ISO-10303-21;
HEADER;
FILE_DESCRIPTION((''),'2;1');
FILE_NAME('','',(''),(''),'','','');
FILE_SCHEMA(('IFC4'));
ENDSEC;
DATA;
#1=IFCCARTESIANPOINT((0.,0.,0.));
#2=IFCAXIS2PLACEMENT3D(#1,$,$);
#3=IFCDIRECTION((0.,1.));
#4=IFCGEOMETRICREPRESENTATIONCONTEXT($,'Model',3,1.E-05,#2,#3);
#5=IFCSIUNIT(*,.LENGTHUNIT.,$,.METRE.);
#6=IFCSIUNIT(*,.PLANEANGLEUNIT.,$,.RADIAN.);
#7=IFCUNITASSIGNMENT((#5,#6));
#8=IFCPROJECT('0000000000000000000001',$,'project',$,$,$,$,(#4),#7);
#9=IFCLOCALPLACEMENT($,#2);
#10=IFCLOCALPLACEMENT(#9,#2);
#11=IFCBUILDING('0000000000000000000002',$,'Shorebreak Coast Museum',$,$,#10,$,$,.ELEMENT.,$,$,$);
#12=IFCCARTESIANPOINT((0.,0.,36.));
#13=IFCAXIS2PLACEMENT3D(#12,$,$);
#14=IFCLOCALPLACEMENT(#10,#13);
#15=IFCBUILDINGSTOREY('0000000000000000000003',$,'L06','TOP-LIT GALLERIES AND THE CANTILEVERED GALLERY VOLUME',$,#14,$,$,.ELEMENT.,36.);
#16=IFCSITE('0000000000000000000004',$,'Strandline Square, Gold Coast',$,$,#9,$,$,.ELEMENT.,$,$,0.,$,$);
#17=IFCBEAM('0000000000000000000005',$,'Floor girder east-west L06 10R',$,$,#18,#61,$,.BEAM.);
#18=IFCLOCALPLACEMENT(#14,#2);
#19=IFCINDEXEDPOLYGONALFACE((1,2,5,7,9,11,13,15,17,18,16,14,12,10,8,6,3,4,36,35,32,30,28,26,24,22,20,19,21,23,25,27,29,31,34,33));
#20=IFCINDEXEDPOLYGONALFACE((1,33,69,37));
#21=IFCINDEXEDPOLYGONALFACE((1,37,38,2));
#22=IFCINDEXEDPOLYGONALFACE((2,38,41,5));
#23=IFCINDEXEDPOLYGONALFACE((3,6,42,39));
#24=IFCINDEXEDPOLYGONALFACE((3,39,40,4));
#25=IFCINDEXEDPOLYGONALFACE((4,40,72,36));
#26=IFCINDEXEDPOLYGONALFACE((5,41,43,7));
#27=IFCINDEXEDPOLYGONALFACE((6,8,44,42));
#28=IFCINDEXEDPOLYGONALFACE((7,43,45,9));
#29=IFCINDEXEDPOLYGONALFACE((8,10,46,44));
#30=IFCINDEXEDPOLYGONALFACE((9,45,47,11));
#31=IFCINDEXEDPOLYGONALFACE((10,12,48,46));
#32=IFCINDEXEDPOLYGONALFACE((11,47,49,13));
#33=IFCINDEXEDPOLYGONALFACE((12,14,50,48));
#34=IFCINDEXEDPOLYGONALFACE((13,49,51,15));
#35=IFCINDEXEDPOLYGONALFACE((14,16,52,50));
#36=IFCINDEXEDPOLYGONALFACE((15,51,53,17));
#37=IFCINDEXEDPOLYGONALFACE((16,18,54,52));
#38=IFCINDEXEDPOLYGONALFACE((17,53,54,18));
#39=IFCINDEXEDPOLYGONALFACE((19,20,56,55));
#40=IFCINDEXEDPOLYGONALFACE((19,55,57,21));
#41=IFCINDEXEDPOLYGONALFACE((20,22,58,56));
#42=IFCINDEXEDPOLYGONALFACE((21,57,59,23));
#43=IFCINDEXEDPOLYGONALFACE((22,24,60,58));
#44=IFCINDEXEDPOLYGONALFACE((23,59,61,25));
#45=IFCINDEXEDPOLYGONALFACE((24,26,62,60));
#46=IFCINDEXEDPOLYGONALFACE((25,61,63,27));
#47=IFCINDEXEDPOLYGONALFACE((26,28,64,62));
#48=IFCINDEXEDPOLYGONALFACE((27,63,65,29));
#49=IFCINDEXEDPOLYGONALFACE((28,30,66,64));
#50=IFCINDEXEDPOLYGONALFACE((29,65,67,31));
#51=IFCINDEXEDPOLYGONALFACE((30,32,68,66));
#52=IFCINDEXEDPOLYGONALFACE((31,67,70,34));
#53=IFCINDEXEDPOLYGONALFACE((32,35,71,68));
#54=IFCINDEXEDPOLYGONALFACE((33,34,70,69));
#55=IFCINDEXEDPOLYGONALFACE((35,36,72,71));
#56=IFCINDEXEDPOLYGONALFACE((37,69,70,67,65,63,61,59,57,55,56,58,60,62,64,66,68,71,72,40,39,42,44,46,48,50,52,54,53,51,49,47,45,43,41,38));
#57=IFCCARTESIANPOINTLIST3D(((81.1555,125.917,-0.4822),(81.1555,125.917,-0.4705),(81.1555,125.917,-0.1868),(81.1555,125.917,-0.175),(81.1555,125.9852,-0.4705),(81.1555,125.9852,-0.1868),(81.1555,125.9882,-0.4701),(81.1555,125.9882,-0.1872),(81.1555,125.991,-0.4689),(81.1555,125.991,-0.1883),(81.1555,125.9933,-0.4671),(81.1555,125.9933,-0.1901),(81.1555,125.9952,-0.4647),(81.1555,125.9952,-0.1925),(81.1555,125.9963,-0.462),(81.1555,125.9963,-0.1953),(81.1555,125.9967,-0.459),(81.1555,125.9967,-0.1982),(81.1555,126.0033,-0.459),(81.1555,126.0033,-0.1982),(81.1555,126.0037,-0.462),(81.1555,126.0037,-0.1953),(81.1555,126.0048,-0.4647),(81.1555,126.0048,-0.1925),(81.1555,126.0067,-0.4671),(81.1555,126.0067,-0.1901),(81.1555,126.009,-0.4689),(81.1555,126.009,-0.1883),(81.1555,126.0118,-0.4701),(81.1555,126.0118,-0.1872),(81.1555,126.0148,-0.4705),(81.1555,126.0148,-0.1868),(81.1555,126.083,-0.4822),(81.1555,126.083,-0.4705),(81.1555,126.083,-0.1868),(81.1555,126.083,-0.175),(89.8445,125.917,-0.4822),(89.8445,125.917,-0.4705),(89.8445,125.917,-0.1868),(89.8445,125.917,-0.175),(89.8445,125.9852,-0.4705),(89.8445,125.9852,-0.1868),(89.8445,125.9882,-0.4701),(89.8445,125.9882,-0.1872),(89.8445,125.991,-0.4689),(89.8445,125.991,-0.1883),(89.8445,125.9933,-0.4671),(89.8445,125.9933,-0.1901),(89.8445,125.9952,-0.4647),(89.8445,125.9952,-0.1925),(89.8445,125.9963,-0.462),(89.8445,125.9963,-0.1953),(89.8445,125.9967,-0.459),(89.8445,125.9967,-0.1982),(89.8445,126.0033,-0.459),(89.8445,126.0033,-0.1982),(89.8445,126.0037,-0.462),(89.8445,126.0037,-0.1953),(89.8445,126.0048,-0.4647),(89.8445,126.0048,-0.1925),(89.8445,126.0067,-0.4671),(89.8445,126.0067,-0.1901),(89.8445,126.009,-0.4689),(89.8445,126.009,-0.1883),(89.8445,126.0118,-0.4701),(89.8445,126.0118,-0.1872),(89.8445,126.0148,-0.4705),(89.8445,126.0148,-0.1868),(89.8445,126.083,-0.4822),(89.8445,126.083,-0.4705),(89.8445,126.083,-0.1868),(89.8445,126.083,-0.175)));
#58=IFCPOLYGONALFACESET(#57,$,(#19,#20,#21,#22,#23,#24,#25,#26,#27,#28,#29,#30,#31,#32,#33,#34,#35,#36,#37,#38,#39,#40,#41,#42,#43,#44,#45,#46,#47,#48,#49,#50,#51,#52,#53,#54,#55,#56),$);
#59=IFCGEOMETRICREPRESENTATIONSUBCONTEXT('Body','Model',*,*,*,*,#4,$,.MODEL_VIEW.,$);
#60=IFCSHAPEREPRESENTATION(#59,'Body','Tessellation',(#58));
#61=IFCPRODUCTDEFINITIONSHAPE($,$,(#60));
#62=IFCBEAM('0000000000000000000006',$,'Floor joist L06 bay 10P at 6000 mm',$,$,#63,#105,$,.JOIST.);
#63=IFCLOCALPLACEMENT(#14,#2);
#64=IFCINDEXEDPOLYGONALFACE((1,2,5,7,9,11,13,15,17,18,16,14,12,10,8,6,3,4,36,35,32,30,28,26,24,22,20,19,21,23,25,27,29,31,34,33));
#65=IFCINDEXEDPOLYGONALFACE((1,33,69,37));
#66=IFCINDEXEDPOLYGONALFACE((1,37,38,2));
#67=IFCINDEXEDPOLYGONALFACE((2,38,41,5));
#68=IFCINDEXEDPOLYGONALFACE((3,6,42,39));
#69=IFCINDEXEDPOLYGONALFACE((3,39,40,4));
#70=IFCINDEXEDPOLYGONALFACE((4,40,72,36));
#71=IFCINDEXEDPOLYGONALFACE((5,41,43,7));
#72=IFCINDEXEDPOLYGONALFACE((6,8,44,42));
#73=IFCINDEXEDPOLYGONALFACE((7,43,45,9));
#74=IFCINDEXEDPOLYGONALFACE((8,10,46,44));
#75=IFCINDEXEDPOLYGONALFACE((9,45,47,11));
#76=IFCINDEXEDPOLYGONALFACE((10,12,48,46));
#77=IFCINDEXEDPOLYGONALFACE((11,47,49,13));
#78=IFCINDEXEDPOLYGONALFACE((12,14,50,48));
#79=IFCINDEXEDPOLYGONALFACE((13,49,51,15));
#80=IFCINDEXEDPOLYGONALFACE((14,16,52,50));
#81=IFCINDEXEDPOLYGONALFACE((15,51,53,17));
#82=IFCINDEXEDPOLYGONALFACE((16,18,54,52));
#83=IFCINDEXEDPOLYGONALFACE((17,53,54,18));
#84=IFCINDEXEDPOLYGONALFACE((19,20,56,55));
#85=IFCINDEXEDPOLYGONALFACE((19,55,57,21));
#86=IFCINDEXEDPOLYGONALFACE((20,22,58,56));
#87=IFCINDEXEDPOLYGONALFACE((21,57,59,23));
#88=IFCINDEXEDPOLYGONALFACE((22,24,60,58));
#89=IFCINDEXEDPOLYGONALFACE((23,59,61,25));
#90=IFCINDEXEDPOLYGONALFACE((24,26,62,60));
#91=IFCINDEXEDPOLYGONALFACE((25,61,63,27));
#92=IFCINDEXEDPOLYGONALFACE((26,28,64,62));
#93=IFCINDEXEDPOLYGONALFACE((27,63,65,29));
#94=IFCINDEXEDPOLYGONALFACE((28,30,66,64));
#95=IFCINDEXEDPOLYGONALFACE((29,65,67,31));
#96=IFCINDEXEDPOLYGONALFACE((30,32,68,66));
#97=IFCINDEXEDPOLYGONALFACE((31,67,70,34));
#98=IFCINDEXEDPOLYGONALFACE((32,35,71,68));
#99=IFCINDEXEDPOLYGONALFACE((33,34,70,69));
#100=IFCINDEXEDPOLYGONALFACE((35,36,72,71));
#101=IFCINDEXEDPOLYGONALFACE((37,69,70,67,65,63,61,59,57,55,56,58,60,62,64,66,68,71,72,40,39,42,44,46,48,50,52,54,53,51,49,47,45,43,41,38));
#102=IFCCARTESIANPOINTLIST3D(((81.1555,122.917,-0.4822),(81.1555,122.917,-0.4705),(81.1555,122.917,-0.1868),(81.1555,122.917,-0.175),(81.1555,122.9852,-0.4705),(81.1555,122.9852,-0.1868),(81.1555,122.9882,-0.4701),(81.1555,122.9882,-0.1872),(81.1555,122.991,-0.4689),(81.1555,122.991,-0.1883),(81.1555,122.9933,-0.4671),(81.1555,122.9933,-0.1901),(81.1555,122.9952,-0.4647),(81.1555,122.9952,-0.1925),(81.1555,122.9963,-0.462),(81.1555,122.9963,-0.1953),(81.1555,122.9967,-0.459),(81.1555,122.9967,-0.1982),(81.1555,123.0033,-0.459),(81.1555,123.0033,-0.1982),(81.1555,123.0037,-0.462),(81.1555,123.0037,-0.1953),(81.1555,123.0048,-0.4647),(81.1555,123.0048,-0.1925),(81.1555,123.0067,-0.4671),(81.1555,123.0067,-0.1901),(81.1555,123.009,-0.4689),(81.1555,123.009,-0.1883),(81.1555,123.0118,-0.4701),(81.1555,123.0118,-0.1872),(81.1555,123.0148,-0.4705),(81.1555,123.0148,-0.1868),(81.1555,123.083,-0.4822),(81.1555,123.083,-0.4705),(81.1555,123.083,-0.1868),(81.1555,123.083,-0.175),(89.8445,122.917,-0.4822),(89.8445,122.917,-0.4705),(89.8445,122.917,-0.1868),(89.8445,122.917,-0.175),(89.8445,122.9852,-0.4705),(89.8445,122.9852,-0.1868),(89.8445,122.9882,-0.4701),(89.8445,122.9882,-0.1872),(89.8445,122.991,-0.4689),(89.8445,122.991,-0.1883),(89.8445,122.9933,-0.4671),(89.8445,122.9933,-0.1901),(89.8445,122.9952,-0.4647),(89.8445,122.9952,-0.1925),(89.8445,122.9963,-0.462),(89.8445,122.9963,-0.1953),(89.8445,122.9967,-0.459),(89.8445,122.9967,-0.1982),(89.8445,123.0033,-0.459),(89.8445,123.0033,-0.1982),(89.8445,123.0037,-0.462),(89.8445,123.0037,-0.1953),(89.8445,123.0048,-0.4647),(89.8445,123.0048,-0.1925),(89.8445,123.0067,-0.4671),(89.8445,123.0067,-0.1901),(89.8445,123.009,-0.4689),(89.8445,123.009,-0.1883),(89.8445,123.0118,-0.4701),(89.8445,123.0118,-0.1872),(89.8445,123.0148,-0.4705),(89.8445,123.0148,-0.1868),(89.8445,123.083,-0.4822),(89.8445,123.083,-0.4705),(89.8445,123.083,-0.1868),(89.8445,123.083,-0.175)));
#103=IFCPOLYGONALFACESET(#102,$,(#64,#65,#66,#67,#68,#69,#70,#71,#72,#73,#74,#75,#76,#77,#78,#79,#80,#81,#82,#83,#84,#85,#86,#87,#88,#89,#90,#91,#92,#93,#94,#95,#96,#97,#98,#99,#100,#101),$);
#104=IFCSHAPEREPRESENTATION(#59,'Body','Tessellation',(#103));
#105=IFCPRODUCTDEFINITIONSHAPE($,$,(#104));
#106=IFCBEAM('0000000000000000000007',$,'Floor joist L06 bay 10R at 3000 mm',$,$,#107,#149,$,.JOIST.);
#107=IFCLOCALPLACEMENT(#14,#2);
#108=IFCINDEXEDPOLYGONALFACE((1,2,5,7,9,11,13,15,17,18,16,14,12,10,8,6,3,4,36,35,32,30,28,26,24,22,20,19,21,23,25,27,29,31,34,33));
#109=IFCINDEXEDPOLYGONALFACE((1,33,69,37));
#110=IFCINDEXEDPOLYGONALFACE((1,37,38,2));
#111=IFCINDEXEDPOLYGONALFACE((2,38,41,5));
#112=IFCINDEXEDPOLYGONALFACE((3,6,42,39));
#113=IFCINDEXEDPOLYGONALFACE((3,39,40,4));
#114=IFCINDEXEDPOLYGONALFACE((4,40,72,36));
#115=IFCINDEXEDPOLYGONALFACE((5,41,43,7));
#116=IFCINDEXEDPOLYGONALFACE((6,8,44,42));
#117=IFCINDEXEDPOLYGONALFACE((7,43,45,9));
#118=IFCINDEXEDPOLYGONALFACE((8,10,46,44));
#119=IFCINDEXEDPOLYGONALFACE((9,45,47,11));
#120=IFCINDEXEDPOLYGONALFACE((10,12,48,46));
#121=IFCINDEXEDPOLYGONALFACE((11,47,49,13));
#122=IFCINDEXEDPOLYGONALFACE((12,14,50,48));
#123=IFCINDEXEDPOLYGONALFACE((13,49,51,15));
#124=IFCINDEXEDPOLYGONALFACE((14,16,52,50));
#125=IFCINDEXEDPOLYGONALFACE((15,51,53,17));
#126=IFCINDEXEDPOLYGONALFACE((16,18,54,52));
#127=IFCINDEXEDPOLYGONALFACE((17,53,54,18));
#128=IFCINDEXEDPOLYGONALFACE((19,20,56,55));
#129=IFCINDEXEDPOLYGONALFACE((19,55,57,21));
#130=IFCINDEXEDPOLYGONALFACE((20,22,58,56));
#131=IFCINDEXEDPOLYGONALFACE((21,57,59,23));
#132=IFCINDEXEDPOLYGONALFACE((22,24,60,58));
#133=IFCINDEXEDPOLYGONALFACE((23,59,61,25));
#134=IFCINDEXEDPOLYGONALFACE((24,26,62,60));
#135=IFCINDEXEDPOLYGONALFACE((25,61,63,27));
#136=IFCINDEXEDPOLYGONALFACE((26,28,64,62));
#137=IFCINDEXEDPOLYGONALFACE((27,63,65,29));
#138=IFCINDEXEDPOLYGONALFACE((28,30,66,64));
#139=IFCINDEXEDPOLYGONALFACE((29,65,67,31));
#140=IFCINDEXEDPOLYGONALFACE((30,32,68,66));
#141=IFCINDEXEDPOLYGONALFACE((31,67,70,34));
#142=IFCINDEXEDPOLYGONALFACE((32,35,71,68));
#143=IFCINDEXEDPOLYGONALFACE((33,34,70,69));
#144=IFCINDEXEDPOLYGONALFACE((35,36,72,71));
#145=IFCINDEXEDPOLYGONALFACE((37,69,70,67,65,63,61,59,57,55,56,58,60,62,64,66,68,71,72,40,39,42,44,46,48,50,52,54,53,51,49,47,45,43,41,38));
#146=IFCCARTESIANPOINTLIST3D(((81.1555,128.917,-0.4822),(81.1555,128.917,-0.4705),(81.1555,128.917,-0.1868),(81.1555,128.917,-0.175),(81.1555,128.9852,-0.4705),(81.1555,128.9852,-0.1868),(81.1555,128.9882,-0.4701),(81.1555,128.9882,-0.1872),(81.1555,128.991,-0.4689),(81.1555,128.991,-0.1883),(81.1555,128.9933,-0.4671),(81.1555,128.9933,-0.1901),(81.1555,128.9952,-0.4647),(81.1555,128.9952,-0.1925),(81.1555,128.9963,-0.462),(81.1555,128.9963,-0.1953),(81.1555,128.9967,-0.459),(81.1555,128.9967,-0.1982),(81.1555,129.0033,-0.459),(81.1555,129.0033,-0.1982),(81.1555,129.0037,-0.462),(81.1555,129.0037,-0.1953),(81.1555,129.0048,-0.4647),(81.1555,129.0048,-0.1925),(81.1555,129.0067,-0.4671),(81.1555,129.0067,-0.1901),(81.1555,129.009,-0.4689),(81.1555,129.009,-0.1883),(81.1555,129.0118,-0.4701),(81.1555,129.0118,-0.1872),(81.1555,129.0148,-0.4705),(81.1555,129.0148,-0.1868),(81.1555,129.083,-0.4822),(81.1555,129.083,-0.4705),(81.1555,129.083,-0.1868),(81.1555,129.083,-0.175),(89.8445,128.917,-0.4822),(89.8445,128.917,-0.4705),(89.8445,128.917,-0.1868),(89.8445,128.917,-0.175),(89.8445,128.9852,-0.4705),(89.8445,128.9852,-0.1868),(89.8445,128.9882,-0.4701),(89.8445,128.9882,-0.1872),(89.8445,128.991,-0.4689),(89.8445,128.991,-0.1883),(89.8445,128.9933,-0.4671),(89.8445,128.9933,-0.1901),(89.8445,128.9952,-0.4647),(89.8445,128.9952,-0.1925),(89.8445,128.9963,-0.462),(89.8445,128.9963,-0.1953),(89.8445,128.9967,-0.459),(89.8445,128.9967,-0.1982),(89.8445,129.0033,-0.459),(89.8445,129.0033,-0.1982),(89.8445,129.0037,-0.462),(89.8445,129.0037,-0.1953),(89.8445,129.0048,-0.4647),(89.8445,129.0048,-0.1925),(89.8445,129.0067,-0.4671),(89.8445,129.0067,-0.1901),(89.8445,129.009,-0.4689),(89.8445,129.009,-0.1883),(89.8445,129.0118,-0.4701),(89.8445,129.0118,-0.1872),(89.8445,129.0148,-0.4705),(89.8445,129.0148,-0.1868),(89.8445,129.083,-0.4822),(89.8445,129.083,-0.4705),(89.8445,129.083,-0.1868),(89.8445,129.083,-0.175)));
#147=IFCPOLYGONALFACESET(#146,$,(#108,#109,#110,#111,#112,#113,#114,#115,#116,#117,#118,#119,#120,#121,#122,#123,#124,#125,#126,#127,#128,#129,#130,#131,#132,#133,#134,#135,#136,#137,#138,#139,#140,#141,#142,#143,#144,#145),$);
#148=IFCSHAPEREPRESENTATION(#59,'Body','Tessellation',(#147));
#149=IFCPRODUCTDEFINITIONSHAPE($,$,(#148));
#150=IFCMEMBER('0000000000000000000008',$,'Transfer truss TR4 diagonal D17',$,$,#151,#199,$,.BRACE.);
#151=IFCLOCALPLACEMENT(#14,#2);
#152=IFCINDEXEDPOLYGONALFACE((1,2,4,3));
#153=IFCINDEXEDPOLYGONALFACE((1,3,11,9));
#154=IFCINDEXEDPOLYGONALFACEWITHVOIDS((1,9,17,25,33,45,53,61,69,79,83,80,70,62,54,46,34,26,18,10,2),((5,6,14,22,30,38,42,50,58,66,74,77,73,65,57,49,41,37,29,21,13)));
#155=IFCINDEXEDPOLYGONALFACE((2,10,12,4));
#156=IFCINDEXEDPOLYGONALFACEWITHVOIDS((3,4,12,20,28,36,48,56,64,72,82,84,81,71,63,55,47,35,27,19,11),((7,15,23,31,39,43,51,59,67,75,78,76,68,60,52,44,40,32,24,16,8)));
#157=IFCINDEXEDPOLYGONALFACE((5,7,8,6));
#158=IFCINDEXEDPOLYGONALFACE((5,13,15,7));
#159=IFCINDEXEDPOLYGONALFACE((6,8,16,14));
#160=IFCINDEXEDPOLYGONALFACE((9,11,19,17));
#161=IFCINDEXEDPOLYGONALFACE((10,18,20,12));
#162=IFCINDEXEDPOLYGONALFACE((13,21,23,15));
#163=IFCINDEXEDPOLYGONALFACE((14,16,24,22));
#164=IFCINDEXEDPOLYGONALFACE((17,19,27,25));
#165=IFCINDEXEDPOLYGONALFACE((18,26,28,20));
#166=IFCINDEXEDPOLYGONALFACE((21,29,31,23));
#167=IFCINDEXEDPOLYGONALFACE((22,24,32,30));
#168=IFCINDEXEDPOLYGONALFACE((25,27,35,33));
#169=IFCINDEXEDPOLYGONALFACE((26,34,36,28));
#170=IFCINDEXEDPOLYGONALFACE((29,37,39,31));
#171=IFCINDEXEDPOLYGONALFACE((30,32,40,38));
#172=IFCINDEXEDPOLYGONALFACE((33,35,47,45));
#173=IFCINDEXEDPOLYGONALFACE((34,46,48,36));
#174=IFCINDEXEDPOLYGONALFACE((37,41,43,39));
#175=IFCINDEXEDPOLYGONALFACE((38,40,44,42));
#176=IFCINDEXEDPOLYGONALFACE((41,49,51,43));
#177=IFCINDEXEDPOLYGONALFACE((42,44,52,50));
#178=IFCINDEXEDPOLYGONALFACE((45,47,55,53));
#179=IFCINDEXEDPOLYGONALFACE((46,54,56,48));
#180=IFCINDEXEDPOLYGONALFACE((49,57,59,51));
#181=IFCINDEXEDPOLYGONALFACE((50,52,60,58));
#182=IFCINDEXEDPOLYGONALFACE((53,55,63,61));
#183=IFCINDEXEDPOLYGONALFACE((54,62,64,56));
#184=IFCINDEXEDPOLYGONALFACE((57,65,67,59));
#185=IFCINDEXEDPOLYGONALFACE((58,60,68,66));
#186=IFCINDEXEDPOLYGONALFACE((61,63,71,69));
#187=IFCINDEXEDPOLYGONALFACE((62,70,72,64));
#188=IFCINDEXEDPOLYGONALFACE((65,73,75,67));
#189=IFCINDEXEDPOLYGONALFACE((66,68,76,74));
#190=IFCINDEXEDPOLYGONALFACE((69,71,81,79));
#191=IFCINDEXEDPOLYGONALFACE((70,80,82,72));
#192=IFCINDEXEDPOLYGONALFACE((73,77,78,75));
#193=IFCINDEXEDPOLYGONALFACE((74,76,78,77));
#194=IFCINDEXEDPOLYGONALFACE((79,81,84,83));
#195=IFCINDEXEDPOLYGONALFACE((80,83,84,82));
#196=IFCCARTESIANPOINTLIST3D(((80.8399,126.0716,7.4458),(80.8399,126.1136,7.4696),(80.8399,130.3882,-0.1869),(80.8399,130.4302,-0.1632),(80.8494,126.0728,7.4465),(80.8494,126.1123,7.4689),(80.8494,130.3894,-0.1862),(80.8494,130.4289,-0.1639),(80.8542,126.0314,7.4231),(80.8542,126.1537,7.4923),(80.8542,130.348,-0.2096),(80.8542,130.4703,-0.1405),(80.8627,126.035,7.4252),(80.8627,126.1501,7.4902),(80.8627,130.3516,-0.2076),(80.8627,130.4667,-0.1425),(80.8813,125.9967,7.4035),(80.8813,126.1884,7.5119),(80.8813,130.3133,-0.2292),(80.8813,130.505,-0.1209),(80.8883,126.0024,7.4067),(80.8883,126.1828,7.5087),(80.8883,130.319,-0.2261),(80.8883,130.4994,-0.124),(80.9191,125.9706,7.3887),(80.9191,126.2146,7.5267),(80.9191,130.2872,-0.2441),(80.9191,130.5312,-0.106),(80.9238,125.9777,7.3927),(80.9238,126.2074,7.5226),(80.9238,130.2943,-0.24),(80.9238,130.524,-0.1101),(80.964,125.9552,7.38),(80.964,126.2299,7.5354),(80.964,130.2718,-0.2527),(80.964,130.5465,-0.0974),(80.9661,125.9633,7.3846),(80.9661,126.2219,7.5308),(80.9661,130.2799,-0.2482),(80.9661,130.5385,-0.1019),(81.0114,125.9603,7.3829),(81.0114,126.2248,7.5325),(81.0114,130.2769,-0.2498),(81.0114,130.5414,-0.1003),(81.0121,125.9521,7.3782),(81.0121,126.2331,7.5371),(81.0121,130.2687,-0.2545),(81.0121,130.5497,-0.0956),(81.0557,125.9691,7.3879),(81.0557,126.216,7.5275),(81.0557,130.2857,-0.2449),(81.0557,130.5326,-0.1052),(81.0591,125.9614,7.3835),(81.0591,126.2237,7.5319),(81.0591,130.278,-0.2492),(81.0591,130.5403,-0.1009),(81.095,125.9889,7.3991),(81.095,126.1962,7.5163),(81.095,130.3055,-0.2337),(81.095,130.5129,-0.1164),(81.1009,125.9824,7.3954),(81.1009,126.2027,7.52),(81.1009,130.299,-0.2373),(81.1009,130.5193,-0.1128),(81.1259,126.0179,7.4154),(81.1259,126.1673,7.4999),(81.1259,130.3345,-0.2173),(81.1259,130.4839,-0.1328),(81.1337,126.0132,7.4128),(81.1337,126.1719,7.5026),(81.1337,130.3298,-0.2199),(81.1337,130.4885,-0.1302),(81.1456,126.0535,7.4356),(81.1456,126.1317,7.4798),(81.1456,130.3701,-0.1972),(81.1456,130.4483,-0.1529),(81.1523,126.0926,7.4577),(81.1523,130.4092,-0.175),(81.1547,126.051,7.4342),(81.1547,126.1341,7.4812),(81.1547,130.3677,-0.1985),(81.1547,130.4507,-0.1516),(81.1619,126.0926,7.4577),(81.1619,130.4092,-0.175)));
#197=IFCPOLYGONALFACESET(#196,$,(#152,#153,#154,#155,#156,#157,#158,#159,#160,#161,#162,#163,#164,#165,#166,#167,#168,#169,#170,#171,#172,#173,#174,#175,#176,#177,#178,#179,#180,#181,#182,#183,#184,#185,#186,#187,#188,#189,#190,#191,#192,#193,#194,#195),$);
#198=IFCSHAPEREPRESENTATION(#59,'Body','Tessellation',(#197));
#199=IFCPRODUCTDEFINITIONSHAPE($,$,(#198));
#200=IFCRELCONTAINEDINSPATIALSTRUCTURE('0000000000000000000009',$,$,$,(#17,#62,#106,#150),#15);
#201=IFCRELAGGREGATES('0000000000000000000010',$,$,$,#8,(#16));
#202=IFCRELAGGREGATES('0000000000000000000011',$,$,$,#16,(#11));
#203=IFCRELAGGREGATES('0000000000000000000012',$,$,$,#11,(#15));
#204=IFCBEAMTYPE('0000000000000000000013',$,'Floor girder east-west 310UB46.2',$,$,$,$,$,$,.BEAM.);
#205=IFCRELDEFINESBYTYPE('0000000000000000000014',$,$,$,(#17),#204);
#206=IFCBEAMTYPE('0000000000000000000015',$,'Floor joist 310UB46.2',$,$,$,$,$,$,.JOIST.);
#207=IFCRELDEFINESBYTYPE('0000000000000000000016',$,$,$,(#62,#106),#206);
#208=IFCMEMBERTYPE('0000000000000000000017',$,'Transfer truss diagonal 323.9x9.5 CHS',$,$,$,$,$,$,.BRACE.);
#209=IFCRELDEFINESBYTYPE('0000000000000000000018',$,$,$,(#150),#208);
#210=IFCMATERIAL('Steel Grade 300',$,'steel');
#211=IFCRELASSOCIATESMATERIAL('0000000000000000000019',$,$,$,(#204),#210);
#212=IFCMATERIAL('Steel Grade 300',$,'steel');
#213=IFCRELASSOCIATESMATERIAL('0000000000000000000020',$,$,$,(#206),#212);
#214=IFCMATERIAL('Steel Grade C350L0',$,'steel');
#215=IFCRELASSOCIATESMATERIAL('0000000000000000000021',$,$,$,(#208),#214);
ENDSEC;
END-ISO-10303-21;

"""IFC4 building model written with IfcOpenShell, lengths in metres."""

from ifc_helpers import new_model, si_unit, direction, frame, origin, origin_2d, place, context, subcontext, project, spatial, hollow_circle, i_section, extrude, material, material_profile, profile_set, type_object, element, save


model = new_model("IFC4")

# Units and contexts
model_context = context("Model", 3, precision=1e-05, world=origin(), true_north=direction((0.0, 1.0)))
body_context = subcontext(model_context, "Body", "Model", "MODEL_VIEW")
ifc_project = project(units=[si_unit("LENGTHUNIT", "METRE"), si_unit("PLANEANGLEUNIT", "RADIAN")], contexts=[model_context])

# Site, building, storey
site_placement = place(None, origin())
site = spatial("IfcSite", under=ifc_project, at=site_placement, Name="Strandline Square, Gold Coast", CompositionType="ELEMENT", RefElevation=0.0)
building_placement = place(site_placement, origin())
building = spatial("IfcBuilding", under=site, at=building_placement, Name="Shorebreak Coast Museum", CompositionType="ELEMENT")
storey_placement = place(building_placement, frame((0.0, 0.0, 36.0)))
storey = spatial("IfcBuildingStorey", under=building, at=storey_placement, Name="L06", Description="TOP-LIT GALLERIES AND THE CANTILEVERED GALLERY VOLUME", CompositionType="ELEMENT", Elevation=36.0)

# Beams
ifc_material_1 = material(Name="Steel Grade 300", Category="steel")
ifc_material_profile_1 = material_profile(ifc_material_1, i_section(OverallWidth=0.166, OverallDepth=0.3071, WebThickness=0.0066, FlangeThickness=0.0117, FilletRadius=0.0115, at=origin_2d()), Name="310UB46.2")
ifc_profile_set_1 = profile_set([ifc_material_profile_1], Name="Steel Grade 300")
beam_type_1 = type_object("IfcBeamType", Name="Floor girder east-west 310UB46.2", PredefinedType="BEAM", material=ifc_profile_set_1)
beam_placement = place(storey_placement, frame((81.1555, 126.0, -0.3286), z_axis=(1.0, 0.0, 0.0), x_axis=(0.0, 1.0, 0.0)))
element("IfcBeam", 1, at=beam_placement, inside=storey, type_object=beam_type_1, Name="Floor girder east-west L06 10R", PredefinedType="BEAM", context=body_context, shape_type="SweptSolid", body=[
    extrude(i_section(OverallWidth=0.166, OverallDepth=0.3071, WebThickness=0.0066, FlangeThickness=0.0117, FilletRadius=0.0115, at=origin_2d()), origin(), (0.0, 0.0, 1.0), 8.689),
])
ifc_material_2 = material(Name="Steel Grade 300", Category="steel")
ifc_material_profile_2 = material_profile(ifc_material_2, i_section(OverallWidth=0.166, OverallDepth=0.3071, WebThickness=0.0066, FlangeThickness=0.0117, FilletRadius=0.0115, at=origin_2d()), Name="310UB46.2")
ifc_profile_set_2 = profile_set([ifc_material_profile_2], Name="Steel Grade 300")
beam_type_2 = type_object("IfcBeamType", Name="Floor joist 310UB46.2", PredefinedType="JOIST", material=ifc_profile_set_2)
for number, where, z_axis, x_axis, name in (
    (2, (81.1555, 123.0, -0.3286), (1.0, 0.0, 0.0), (0.0, 1.0, 0.0), "Floor joist L06 bay 10P at 6000 mm"),
    (3, (81.1555, 129.0, -0.3286), (1.0, 0.0, 0.0), (0.0, 1.0, 0.0), "Floor joist L06 bay 10R at 3000 mm"),
):
    element("IfcBeam", number, at=place(storey_placement, frame(where, z_axis=z_axis, x_axis=x_axis)), inside=storey, type_object=beam_type_2, Name=name, PredefinedType="JOIST", context=body_context, shape_type="SweptSolid", body=[
        extrude(i_section(OverallWidth=0.166, OverallDepth=0.3071, WebThickness=0.0066, FlangeThickness=0.0117, FilletRadius=0.0115, at=origin_2d()), origin(), (0.0, 0.0, 1.0), 8.689),
    ])

# Member
ifc_material_3 = material(Name="Steel Grade C350L0", Category="steel")
ifc_material_profile_3 = material_profile(ifc_material_3, hollow_circle(Radius=0.1619, WallThickness=0.0095, at=origin_2d()), Name="323.9x9.5 CHS")
ifc_profile_set_3 = profile_set([ifc_material_profile_3], Name="Steel Grade C350L0")
member_type_1 = type_object("IfcMemberType", Name="Transfer truss diagonal 323.9x9.5 CHS", PredefinedType="BRACE", material=ifc_profile_set_3)
member_1_placement = place(storey_placement, frame((81.0, 130.4092, -0.175), z_axis=(0.0, -0.492269, 0.870443), x_axis=(1.0, 0.0, 0.0)))
element("IfcMember", 4, at=member_1_placement, inside=storey, type_object=member_type_1, Name="Transfer truss TR4 diagonal D17", PredefinedType="BRACE", context=body_context, shape_type="SweptSolid", body=[
    extrude(hollow_circle(Radius=0.1619, WallThickness=0.0095, at=origin_2d()), origin(), (0.0, 0.0, 1.0), 8.7688),
])

save(model, "model.ifc")
